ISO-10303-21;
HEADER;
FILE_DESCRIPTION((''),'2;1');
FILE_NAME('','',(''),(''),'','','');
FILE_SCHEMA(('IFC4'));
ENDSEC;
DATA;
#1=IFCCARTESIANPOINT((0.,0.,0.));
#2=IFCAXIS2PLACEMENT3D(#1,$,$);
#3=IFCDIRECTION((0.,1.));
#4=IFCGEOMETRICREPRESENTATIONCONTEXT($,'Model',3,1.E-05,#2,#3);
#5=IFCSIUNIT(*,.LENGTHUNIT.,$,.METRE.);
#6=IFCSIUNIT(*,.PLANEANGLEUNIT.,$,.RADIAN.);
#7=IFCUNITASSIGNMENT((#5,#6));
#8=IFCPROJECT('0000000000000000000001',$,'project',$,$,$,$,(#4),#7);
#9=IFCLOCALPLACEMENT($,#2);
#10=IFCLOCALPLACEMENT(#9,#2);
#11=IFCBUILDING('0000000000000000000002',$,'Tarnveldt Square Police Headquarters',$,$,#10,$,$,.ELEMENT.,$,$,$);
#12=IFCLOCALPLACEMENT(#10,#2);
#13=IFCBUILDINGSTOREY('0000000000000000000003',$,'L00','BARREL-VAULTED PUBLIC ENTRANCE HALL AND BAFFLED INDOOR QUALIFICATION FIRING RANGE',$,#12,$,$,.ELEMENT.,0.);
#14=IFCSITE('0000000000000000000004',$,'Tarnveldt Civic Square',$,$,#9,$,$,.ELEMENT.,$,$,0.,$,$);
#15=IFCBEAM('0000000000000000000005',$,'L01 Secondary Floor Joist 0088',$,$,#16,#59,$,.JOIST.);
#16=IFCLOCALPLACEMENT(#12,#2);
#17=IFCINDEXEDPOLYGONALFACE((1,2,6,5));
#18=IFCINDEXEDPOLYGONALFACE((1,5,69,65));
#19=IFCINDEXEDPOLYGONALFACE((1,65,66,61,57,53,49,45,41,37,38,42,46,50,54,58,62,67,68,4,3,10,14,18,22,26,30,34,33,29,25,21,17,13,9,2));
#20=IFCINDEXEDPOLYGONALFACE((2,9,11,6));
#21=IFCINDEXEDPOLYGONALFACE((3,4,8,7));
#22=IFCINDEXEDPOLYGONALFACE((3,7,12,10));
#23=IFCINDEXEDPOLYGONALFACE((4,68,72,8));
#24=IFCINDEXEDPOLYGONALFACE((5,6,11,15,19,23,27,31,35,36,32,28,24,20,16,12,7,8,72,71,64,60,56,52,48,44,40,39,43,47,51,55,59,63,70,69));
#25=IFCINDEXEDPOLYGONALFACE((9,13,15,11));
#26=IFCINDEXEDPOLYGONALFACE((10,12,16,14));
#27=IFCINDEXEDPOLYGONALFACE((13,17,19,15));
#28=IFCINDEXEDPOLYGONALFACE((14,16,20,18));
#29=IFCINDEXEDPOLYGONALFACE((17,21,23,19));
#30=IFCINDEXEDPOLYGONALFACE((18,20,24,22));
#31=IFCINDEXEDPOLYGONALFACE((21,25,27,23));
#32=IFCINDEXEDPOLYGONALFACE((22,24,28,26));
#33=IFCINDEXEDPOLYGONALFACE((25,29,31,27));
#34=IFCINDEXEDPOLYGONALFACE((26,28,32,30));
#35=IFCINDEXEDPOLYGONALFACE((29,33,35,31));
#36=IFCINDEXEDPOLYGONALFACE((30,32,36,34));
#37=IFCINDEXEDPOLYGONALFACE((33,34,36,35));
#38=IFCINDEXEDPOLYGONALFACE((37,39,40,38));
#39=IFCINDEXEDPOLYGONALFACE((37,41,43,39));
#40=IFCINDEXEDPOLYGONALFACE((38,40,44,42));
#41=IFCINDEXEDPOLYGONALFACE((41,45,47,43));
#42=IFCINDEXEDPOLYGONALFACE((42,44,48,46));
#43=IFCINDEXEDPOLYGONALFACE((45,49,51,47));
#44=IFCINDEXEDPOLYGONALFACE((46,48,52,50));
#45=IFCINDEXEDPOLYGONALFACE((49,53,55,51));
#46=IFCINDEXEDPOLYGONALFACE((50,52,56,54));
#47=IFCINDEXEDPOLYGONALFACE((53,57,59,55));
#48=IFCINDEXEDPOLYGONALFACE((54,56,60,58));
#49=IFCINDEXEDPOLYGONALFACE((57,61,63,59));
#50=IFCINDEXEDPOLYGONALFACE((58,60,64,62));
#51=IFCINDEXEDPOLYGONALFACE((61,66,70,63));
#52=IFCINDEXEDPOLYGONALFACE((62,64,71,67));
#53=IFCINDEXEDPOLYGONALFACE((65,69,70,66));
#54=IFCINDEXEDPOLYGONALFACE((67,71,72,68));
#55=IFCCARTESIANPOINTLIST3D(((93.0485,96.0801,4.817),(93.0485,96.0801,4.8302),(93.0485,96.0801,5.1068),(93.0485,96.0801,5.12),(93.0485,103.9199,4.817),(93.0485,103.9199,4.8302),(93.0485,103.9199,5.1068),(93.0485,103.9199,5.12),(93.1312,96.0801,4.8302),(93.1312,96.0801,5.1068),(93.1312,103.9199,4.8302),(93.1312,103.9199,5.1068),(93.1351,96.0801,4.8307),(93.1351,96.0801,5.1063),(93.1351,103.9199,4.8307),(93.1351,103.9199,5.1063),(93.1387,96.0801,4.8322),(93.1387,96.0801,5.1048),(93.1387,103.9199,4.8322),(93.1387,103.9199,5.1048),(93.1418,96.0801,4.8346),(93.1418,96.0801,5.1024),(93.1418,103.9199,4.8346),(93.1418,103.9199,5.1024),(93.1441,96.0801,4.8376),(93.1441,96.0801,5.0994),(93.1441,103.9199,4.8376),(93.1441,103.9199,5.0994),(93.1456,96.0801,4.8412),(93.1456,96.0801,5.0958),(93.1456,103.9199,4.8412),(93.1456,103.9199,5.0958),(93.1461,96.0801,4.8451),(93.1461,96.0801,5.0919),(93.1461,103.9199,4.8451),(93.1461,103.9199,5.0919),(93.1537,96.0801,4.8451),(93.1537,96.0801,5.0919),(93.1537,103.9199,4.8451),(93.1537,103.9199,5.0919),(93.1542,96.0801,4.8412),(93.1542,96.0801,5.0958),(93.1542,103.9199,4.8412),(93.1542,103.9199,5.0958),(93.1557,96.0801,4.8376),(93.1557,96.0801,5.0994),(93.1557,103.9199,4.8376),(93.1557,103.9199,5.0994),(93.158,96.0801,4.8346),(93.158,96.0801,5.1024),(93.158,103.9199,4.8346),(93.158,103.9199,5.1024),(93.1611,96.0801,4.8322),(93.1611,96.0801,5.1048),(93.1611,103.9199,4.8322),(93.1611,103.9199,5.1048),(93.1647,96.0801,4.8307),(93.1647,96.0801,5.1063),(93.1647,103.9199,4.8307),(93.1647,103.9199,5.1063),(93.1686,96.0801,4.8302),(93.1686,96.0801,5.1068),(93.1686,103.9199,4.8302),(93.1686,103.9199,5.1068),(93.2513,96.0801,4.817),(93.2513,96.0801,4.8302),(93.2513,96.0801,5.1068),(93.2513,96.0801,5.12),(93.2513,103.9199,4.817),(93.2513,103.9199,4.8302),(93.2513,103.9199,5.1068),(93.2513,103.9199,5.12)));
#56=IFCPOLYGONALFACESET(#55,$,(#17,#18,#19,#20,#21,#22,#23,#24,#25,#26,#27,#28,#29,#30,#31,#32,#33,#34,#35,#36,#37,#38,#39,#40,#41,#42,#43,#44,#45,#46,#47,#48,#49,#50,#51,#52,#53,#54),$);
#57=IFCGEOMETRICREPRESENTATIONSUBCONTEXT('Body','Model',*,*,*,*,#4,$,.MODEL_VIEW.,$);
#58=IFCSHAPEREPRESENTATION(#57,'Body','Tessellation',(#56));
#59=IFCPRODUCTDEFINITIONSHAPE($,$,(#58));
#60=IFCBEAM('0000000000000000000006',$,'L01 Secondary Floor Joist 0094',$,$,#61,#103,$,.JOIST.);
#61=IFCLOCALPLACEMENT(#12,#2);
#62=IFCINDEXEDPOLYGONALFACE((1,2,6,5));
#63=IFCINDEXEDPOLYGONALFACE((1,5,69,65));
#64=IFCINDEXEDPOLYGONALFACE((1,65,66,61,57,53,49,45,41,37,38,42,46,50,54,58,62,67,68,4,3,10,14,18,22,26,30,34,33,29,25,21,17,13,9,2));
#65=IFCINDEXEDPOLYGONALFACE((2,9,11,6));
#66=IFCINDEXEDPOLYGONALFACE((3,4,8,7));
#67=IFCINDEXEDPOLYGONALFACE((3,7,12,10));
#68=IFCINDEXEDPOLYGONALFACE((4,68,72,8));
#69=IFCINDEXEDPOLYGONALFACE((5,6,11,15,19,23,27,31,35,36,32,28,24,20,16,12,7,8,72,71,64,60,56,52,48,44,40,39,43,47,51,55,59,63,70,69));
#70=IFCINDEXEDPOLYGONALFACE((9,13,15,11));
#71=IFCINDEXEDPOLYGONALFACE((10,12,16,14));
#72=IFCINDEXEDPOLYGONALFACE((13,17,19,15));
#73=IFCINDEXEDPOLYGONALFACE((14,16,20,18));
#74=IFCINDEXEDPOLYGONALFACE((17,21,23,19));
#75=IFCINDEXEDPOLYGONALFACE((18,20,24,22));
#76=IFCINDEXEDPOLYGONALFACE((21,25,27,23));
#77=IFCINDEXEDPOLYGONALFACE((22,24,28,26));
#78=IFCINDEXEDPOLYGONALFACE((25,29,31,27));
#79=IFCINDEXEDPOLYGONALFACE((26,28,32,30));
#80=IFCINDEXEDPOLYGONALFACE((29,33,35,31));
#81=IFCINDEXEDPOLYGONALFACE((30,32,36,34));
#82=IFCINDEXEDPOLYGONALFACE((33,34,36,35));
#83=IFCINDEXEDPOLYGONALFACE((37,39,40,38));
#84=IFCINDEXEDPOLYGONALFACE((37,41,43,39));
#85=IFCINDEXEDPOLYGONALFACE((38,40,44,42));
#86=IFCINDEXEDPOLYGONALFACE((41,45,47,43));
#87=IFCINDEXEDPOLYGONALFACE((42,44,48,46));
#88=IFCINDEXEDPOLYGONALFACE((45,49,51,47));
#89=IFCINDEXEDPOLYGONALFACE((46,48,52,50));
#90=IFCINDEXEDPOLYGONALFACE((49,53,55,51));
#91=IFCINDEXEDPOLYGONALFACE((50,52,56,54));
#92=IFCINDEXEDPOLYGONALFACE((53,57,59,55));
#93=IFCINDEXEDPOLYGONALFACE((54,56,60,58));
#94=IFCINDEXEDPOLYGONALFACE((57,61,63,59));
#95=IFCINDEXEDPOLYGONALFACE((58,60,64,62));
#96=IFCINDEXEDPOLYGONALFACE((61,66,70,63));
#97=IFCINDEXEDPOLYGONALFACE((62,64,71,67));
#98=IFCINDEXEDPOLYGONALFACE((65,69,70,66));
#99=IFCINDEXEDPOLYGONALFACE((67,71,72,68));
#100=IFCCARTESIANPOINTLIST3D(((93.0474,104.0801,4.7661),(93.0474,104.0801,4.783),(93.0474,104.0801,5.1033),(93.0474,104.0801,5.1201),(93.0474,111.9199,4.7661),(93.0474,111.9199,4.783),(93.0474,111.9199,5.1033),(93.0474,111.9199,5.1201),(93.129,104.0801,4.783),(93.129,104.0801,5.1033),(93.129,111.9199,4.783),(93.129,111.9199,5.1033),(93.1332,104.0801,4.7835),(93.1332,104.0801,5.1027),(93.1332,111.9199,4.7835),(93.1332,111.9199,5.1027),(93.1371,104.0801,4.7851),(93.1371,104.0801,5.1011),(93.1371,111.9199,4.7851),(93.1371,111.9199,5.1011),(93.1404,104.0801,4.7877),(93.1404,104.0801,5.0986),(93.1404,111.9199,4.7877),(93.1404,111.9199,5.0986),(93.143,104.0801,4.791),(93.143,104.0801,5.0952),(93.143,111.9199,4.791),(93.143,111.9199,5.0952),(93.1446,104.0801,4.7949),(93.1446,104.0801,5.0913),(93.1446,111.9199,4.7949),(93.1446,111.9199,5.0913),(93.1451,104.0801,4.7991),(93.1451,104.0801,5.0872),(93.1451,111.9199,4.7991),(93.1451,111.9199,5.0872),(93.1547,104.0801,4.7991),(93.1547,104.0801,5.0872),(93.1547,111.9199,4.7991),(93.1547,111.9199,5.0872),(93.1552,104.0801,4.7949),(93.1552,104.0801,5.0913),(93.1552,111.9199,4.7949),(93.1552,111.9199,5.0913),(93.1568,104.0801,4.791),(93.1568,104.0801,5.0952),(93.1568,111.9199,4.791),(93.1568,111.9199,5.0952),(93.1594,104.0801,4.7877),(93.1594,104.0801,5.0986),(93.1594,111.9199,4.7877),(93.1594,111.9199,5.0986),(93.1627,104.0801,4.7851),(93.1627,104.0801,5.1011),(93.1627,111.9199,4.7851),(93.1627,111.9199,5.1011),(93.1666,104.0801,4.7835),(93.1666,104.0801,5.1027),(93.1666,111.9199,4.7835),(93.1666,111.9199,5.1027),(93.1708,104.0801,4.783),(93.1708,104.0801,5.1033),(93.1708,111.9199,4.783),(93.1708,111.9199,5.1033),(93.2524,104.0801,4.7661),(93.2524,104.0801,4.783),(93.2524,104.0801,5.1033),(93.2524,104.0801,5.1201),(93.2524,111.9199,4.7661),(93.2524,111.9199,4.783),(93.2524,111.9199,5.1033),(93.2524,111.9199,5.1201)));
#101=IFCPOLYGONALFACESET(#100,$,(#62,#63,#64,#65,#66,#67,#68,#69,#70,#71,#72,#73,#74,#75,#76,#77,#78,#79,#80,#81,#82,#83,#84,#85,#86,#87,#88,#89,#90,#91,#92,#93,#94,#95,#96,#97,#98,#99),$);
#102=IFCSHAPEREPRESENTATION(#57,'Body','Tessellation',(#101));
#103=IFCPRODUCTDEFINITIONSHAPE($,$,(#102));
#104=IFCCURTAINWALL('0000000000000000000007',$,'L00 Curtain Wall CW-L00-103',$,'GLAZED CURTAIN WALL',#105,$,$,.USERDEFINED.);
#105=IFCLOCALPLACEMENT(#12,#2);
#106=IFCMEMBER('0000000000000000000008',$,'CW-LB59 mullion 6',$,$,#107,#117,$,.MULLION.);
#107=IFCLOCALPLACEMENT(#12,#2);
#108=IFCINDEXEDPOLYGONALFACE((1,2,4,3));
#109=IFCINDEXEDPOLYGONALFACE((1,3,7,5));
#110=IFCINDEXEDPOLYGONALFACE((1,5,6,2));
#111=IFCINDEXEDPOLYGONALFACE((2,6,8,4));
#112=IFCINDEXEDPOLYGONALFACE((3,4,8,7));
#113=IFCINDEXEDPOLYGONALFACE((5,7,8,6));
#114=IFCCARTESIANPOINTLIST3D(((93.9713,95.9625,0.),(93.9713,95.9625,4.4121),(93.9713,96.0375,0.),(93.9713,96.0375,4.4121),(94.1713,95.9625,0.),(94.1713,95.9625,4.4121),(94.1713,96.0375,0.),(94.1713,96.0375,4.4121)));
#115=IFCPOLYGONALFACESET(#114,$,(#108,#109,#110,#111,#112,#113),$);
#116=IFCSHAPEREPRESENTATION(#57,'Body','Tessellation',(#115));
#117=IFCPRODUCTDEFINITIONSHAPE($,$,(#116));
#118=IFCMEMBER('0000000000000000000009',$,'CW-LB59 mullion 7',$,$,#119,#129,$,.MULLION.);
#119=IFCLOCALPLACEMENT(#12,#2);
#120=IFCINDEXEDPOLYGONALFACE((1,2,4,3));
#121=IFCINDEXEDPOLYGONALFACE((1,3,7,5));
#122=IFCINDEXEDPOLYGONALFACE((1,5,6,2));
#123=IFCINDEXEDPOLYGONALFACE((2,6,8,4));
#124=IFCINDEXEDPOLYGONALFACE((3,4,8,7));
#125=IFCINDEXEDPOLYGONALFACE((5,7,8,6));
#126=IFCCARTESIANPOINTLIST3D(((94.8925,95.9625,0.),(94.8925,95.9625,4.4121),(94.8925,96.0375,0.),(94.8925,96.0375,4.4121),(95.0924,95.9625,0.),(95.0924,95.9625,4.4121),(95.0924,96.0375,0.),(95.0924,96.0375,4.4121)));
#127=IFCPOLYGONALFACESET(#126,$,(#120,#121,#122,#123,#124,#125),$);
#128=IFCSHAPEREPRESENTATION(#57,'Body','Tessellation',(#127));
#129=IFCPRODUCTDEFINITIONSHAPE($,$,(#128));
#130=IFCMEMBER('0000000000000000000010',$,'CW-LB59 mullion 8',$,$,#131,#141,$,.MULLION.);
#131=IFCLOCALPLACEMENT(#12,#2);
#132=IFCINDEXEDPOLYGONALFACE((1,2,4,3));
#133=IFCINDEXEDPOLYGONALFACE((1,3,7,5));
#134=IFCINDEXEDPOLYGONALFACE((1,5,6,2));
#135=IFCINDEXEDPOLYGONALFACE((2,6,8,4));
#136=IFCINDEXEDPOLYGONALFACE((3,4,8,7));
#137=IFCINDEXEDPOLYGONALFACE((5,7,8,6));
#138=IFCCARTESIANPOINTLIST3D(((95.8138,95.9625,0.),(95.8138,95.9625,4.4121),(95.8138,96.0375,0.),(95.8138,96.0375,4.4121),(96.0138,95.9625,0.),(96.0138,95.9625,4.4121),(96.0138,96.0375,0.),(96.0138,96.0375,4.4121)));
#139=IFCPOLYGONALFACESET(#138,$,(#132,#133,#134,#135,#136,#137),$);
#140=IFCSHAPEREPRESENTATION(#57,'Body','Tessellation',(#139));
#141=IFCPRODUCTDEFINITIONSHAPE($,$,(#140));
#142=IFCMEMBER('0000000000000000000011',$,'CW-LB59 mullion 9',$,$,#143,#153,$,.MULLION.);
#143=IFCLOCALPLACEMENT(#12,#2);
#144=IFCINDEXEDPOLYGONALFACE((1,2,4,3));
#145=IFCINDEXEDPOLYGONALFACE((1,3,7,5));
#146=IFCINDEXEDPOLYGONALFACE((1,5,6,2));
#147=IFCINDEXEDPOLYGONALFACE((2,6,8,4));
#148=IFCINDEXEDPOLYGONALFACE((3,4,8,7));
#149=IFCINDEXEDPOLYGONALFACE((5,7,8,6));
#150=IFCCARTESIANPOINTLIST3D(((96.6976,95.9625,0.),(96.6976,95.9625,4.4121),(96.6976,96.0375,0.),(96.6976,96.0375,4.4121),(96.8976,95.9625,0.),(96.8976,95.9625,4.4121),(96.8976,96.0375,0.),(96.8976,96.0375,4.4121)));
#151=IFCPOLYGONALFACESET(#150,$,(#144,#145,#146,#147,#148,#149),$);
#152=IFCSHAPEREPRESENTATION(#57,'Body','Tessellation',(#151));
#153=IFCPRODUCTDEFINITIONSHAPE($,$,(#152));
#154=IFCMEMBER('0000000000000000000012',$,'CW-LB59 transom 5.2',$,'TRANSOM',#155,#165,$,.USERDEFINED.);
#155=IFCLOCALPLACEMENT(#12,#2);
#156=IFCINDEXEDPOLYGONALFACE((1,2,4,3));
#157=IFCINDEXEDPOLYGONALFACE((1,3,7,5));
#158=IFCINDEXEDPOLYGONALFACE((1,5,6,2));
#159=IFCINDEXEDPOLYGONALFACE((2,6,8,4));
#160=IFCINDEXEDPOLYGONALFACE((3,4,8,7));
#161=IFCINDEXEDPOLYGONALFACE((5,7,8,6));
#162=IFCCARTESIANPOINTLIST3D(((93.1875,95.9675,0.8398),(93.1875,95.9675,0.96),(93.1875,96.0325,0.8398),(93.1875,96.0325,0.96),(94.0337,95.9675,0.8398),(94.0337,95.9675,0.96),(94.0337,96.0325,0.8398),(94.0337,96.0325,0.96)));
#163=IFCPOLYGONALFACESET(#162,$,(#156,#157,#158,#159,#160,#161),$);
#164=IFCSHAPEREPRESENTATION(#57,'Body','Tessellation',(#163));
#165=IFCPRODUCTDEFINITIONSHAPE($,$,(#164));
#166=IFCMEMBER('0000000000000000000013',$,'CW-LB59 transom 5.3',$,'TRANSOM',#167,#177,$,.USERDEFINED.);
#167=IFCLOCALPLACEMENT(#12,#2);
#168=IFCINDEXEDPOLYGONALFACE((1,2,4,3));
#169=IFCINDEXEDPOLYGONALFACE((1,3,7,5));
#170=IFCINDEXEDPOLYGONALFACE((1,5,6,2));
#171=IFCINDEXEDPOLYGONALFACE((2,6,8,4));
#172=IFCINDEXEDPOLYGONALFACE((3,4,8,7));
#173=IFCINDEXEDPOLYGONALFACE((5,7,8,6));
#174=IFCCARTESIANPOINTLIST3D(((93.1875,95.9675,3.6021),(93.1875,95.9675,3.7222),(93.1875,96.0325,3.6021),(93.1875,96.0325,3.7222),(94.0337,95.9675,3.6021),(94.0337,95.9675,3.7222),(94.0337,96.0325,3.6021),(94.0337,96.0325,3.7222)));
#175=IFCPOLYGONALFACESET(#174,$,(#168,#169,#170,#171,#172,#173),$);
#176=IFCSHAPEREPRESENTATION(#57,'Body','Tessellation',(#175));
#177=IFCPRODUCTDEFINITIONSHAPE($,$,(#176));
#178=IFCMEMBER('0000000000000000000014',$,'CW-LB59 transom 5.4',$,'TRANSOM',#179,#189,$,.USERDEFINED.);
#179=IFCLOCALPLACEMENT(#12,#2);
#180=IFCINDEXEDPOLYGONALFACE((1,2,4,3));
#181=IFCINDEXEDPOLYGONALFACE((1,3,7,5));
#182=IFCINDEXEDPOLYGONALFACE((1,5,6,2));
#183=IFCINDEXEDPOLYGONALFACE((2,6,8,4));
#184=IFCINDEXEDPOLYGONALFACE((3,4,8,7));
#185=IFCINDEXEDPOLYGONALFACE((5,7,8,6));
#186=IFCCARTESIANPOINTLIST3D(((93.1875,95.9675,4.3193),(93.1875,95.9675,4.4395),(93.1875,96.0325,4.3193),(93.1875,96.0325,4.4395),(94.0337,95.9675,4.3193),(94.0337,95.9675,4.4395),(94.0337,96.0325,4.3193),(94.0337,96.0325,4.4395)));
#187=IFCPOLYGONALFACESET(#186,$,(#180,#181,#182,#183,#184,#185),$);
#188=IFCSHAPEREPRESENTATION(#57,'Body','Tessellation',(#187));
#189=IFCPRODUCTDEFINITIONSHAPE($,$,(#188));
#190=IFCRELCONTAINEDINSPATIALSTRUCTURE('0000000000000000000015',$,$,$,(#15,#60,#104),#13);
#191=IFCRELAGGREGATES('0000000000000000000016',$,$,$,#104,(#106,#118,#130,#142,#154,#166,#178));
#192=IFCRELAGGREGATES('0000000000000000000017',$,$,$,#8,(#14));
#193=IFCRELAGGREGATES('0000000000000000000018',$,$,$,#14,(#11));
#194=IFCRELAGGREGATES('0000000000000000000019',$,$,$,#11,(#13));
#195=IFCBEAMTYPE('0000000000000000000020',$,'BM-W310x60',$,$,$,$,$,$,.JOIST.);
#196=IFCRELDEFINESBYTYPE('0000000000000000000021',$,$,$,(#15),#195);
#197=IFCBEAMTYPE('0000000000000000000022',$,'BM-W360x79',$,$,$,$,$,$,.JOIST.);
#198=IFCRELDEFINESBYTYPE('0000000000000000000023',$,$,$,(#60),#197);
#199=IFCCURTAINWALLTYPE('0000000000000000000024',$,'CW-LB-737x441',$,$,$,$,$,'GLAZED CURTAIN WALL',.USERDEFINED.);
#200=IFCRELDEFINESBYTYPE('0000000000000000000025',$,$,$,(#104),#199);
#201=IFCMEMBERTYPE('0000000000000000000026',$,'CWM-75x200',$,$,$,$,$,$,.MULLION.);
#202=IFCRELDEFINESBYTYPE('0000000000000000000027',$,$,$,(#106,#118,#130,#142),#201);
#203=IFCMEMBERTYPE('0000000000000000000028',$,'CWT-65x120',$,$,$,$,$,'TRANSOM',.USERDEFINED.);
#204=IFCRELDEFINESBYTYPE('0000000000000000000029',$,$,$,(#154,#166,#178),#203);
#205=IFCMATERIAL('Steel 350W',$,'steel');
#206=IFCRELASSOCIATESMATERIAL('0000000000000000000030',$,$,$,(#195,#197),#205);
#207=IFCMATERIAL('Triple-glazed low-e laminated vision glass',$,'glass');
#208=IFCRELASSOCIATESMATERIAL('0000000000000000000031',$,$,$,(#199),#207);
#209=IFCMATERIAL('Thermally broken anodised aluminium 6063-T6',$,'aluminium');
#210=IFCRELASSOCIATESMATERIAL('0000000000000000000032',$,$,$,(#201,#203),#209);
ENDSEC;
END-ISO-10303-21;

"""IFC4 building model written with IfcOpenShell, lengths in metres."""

from ifc_helpers import new_model, si_unit, direction, frame, origin, origin_2d, place, context, subcontext, project, spatial, rectangle, i_section, extrude, material, material_profile, profile_set, type_object, element, aggregate, save


model = new_model("IFC4")

# Units and contexts
model_context = context("Model", 3, precision=1e-05, world=origin(), true_north=direction((0.0, 1.0)))
body_context = subcontext(model_context, "Body", "Model", "MODEL_VIEW")
ifc_project = project(units=[si_unit("LENGTHUNIT", "METRE"), si_unit("PLANEANGLEUNIT", "RADIAN")], contexts=[model_context])

# Site, building, storey
site_placement = place(None, origin())
site = spatial("IfcSite", under=ifc_project, at=site_placement, Name="Tarnveldt Civic Square", CompositionType="ELEMENT", RefElevation=0.0)
building_placement = place(site_placement, origin())
building = spatial("IfcBuilding", under=site, at=building_placement, Name="Tarnveldt Square Police Headquarters", CompositionType="ELEMENT")
storey_placement = place(building_placement, origin())
storey = spatial("IfcBuildingStorey", under=building, at=storey_placement, Name="L00", Description="BARREL-VAULTED PUBLIC ENTRANCE HALL AND BAFFLED INDOOR QUALIFICATION FIRING RANGE", CompositionType="ELEMENT", Elevation=0.0)

# Beams
ifc_material_1 = material(Name="Steel 350W", Category="steel")
ifc_material_profile_1 = material_profile(ifc_material_1, i_section(OverallWidth=0.2029, OverallDepth=0.303, WebThickness=0.0076, FlangeThickness=0.0132, FilletRadius=0.0149, at=origin_2d()), Name="W310x60")
ifc_profile_set_1 = profile_set([ifc_material_profile_1], Name="Steel 350W")
beam_type_1 = type_object("IfcBeamType", Name="BM-W310x60", PredefinedType="JOIST", material=ifc_profile_set_1)
beam_1_placement = place(storey_placement, frame((93.1499, 96.0801, 4.9685), z_axis=(0.0, 1.0, 0.0), x_axis=(-1.0, 0.0, 0.0)))
element("IfcBeam", 1, at=beam_1_placement, inside=storey, type_object=beam_type_1, Name="L01 Secondary Floor Joist 0088", PredefinedType="JOIST", context=body_context, shape_type="SweptSolid", body=[
    extrude(i_section(OverallWidth=0.2029, OverallDepth=0.303, WebThickness=0.0076, FlangeThickness=0.0132, FilletRadius=0.0149, at=origin_2d()), origin(), (0.0, 0.0, 1.0), 7.8398),
])
ifc_material_profile_2 = material_profile(ifc_material_1, i_section(OverallWidth=0.2051, OverallDepth=0.354, WebThickness=0.0095, FlangeThickness=0.0168, FilletRadius=0.0161, at=origin_2d()), Name="W360x79")
ifc_profile_set_2 = profile_set([ifc_material_profile_2], Name="Steel 350W")
beam_type_2 = type_object("IfcBeamType", Name="BM-W360x79", PredefinedType="JOIST", material=ifc_profile_set_2)
beam_2_placement = place(storey_placement, frame((93.1499, 104.0801, 4.9431), z_axis=(0.0, 1.0, 0.0), x_axis=(-1.0, 0.0, 0.0)))
element("IfcBeam", 2, at=beam_2_placement, inside=storey, type_object=beam_type_2, Name="L01 Secondary Floor Joist 0094", PredefinedType="JOIST", context=body_context, shape_type="SweptSolid", body=[
    extrude(i_section(OverallWidth=0.2051, OverallDepth=0.354, WebThickness=0.0095, FlangeThickness=0.0168, FilletRadius=0.0161, at=origin_2d()), origin(), (0.0, 0.0, 1.0), 7.8398),
])

# Curtain wall, members
ifc_material_2 = material(Name="Triple-glazed low-e laminated vision glass", Category="glass")
curtain_wall_type = type_object("IfcCurtainWallType", Name="CW-LB-737x441", ElementType="GLAZED CURTAIN WALL", PredefinedType="USERDEFINED", material=ifc_material_2)
curtain_wall_placement = place(storey_placement, origin())
curtain_wall = element("IfcCurtainWall", 3, at=curtain_wall_placement, inside=storey, type_object=curtain_wall_type, Name="L00 Curtain Wall CW-L00-103", ObjectType="GLAZED CURTAIN WALL", PredefinedType="USERDEFINED")
ifc_material_3 = material(Name="Thermally broken anodised aluminium 6063-T6", Category="aluminium")
ifc_material_profile_3 = material_profile(ifc_material_3, rectangle(XDim=0.075, YDim=0.2, at=origin_2d()), Name="CW-M75x200")
ifc_profile_set_3 = profile_set([ifc_material_profile_3], Name="Thermally broken anodised aluminium 6063-T6")
member_type_1 = type_object("IfcMemberType", Name="CWM-75x200", PredefinedType="MULLION", material=ifc_profile_set_3)
member_1_placement = place(storey_placement, frame((94.0713, 96.0, 0.0), z_axis=(0.0, 0.0, 1.0), x_axis=(0.0, 1.0, 0.0)))
member_1 = element("IfcMember", 4, at=member_1_placement, type_object=member_type_1, Name="CW-LB59 mullion 6", PredefinedType="MULLION", context=body_context, shape_type="SweptSolid", body=[
    extrude(rectangle(XDim=0.075, YDim=0.2, at=origin_2d()), origin(), (0.0, 0.0, 1.0), 4.4121),
])
member_2_placement = place(storey_placement, frame((94.9924, 96.0, 0.0), z_axis=(0.0, 0.0, 1.0), x_axis=(0.0, 1.0, 0.0)))
member_2 = element("IfcMember", 5, at=member_2_placement, type_object=member_type_1, Name="CW-LB59 mullion 7", PredefinedType="MULLION", context=body_context, shape_type="SweptSolid", body=[
    extrude(rectangle(XDim=0.075, YDim=0.2, at=origin_2d()), origin(), (0.0, 0.0, 1.0), 4.4121),
])
member_3_placement = place(storey_placement, frame((95.9138, 96.0, 0.0), z_axis=(0.0, 0.0, 1.0), x_axis=(0.0, 1.0, 0.0)))
member_3 = element("IfcMember", 6, at=member_3_placement, type_object=member_type_1, Name="CW-LB59 mullion 8", PredefinedType="MULLION", context=body_context, shape_type="SweptSolid", body=[
    extrude(rectangle(XDim=0.075, YDim=0.2, at=origin_2d()), origin(), (0.0, 0.0, 1.0), 4.4121),
])
member_4_placement = place(storey_placement, frame((96.7976, 96.0, 0.0), z_axis=(0.0, 0.0, 1.0), x_axis=(0.0, 1.0, 0.0)))
member_4 = element("IfcMember", 7, at=member_4_placement, type_object=member_type_1, Name="CW-LB59 mullion 9", PredefinedType="MULLION", context=body_context, shape_type="SweptSolid", body=[
    extrude(rectangle(XDim=0.075, YDim=0.2, at=origin_2d()), origin(), (0.0, 0.0, 1.0), 4.4121),
])
ifc_material_profile_4 = material_profile(ifc_material_3, rectangle(XDim=0.0649, YDim=0.1201, at=origin_2d()), Name="CW-T65x120")
ifc_profile_set_4 = profile_set([ifc_material_profile_4], Name="Thermally broken anodised aluminium 6063-T6")
member_type_2 = type_object("IfcMemberType", Name="CWT-65x120", ElementType="TRANSOM", PredefinedType="USERDEFINED", material=ifc_profile_set_4)
member_5_placement = place(storey_placement, frame((93.1875, 96.0, 0.8999), z_axis=(1.0, 0.0, 0.0), x_axis=(0.0, 1.0, 0.0)))
member_5 = element("IfcMember", 8, at=member_5_placement, type_object=member_type_2, Name="CW-LB59 transom 5.2", ObjectType="TRANSOM", PredefinedType="USERDEFINED", context=body_context, shape_type="SweptSolid", body=[
    extrude(rectangle(XDim=0.0649, YDim=0.1201, at=origin_2d()), origin(), (0.0, 0.0, 1.0), 0.8462),
])
member_6_placement = place(storey_placement, frame((93.1875, 96.0, 3.6621), z_axis=(1.0, 0.0, 0.0), x_axis=(0.0, 1.0, 0.0)))
member_6 = element("IfcMember", 9, at=member_6_placement, type_object=member_type_2, Name="CW-LB59 transom 5.3", ObjectType="TRANSOM", PredefinedType="USERDEFINED", context=body_context, shape_type="SweptSolid", body=[
    extrude(rectangle(XDim=0.0649, YDim=0.1201, at=origin_2d()), origin(), (0.0, 0.0, 1.0), 0.8462),
])
member_7_placement = place(storey_placement, frame((93.1875, 96.0, 4.3794), z_axis=(1.0, 0.0, 0.0), x_axis=(0.0, 1.0, 0.0)))
member_7 = element("IfcMember", 10, at=member_7_placement, type_object=member_type_2, Name="CW-LB59 transom 5.4", ObjectType="TRANSOM", PredefinedType="USERDEFINED", context=body_context, shape_type="SweptSolid", body=[
    extrude(rectangle(XDim=0.0649, YDim=0.1201, at=origin_2d()), origin(), (0.0, 0.0, 1.0), 0.8462),
])
aggregate(curtain_wall, [member_1, member_2, member_3, member_4, member_5, member_6, member_7])

save(model, "model.ifc")
